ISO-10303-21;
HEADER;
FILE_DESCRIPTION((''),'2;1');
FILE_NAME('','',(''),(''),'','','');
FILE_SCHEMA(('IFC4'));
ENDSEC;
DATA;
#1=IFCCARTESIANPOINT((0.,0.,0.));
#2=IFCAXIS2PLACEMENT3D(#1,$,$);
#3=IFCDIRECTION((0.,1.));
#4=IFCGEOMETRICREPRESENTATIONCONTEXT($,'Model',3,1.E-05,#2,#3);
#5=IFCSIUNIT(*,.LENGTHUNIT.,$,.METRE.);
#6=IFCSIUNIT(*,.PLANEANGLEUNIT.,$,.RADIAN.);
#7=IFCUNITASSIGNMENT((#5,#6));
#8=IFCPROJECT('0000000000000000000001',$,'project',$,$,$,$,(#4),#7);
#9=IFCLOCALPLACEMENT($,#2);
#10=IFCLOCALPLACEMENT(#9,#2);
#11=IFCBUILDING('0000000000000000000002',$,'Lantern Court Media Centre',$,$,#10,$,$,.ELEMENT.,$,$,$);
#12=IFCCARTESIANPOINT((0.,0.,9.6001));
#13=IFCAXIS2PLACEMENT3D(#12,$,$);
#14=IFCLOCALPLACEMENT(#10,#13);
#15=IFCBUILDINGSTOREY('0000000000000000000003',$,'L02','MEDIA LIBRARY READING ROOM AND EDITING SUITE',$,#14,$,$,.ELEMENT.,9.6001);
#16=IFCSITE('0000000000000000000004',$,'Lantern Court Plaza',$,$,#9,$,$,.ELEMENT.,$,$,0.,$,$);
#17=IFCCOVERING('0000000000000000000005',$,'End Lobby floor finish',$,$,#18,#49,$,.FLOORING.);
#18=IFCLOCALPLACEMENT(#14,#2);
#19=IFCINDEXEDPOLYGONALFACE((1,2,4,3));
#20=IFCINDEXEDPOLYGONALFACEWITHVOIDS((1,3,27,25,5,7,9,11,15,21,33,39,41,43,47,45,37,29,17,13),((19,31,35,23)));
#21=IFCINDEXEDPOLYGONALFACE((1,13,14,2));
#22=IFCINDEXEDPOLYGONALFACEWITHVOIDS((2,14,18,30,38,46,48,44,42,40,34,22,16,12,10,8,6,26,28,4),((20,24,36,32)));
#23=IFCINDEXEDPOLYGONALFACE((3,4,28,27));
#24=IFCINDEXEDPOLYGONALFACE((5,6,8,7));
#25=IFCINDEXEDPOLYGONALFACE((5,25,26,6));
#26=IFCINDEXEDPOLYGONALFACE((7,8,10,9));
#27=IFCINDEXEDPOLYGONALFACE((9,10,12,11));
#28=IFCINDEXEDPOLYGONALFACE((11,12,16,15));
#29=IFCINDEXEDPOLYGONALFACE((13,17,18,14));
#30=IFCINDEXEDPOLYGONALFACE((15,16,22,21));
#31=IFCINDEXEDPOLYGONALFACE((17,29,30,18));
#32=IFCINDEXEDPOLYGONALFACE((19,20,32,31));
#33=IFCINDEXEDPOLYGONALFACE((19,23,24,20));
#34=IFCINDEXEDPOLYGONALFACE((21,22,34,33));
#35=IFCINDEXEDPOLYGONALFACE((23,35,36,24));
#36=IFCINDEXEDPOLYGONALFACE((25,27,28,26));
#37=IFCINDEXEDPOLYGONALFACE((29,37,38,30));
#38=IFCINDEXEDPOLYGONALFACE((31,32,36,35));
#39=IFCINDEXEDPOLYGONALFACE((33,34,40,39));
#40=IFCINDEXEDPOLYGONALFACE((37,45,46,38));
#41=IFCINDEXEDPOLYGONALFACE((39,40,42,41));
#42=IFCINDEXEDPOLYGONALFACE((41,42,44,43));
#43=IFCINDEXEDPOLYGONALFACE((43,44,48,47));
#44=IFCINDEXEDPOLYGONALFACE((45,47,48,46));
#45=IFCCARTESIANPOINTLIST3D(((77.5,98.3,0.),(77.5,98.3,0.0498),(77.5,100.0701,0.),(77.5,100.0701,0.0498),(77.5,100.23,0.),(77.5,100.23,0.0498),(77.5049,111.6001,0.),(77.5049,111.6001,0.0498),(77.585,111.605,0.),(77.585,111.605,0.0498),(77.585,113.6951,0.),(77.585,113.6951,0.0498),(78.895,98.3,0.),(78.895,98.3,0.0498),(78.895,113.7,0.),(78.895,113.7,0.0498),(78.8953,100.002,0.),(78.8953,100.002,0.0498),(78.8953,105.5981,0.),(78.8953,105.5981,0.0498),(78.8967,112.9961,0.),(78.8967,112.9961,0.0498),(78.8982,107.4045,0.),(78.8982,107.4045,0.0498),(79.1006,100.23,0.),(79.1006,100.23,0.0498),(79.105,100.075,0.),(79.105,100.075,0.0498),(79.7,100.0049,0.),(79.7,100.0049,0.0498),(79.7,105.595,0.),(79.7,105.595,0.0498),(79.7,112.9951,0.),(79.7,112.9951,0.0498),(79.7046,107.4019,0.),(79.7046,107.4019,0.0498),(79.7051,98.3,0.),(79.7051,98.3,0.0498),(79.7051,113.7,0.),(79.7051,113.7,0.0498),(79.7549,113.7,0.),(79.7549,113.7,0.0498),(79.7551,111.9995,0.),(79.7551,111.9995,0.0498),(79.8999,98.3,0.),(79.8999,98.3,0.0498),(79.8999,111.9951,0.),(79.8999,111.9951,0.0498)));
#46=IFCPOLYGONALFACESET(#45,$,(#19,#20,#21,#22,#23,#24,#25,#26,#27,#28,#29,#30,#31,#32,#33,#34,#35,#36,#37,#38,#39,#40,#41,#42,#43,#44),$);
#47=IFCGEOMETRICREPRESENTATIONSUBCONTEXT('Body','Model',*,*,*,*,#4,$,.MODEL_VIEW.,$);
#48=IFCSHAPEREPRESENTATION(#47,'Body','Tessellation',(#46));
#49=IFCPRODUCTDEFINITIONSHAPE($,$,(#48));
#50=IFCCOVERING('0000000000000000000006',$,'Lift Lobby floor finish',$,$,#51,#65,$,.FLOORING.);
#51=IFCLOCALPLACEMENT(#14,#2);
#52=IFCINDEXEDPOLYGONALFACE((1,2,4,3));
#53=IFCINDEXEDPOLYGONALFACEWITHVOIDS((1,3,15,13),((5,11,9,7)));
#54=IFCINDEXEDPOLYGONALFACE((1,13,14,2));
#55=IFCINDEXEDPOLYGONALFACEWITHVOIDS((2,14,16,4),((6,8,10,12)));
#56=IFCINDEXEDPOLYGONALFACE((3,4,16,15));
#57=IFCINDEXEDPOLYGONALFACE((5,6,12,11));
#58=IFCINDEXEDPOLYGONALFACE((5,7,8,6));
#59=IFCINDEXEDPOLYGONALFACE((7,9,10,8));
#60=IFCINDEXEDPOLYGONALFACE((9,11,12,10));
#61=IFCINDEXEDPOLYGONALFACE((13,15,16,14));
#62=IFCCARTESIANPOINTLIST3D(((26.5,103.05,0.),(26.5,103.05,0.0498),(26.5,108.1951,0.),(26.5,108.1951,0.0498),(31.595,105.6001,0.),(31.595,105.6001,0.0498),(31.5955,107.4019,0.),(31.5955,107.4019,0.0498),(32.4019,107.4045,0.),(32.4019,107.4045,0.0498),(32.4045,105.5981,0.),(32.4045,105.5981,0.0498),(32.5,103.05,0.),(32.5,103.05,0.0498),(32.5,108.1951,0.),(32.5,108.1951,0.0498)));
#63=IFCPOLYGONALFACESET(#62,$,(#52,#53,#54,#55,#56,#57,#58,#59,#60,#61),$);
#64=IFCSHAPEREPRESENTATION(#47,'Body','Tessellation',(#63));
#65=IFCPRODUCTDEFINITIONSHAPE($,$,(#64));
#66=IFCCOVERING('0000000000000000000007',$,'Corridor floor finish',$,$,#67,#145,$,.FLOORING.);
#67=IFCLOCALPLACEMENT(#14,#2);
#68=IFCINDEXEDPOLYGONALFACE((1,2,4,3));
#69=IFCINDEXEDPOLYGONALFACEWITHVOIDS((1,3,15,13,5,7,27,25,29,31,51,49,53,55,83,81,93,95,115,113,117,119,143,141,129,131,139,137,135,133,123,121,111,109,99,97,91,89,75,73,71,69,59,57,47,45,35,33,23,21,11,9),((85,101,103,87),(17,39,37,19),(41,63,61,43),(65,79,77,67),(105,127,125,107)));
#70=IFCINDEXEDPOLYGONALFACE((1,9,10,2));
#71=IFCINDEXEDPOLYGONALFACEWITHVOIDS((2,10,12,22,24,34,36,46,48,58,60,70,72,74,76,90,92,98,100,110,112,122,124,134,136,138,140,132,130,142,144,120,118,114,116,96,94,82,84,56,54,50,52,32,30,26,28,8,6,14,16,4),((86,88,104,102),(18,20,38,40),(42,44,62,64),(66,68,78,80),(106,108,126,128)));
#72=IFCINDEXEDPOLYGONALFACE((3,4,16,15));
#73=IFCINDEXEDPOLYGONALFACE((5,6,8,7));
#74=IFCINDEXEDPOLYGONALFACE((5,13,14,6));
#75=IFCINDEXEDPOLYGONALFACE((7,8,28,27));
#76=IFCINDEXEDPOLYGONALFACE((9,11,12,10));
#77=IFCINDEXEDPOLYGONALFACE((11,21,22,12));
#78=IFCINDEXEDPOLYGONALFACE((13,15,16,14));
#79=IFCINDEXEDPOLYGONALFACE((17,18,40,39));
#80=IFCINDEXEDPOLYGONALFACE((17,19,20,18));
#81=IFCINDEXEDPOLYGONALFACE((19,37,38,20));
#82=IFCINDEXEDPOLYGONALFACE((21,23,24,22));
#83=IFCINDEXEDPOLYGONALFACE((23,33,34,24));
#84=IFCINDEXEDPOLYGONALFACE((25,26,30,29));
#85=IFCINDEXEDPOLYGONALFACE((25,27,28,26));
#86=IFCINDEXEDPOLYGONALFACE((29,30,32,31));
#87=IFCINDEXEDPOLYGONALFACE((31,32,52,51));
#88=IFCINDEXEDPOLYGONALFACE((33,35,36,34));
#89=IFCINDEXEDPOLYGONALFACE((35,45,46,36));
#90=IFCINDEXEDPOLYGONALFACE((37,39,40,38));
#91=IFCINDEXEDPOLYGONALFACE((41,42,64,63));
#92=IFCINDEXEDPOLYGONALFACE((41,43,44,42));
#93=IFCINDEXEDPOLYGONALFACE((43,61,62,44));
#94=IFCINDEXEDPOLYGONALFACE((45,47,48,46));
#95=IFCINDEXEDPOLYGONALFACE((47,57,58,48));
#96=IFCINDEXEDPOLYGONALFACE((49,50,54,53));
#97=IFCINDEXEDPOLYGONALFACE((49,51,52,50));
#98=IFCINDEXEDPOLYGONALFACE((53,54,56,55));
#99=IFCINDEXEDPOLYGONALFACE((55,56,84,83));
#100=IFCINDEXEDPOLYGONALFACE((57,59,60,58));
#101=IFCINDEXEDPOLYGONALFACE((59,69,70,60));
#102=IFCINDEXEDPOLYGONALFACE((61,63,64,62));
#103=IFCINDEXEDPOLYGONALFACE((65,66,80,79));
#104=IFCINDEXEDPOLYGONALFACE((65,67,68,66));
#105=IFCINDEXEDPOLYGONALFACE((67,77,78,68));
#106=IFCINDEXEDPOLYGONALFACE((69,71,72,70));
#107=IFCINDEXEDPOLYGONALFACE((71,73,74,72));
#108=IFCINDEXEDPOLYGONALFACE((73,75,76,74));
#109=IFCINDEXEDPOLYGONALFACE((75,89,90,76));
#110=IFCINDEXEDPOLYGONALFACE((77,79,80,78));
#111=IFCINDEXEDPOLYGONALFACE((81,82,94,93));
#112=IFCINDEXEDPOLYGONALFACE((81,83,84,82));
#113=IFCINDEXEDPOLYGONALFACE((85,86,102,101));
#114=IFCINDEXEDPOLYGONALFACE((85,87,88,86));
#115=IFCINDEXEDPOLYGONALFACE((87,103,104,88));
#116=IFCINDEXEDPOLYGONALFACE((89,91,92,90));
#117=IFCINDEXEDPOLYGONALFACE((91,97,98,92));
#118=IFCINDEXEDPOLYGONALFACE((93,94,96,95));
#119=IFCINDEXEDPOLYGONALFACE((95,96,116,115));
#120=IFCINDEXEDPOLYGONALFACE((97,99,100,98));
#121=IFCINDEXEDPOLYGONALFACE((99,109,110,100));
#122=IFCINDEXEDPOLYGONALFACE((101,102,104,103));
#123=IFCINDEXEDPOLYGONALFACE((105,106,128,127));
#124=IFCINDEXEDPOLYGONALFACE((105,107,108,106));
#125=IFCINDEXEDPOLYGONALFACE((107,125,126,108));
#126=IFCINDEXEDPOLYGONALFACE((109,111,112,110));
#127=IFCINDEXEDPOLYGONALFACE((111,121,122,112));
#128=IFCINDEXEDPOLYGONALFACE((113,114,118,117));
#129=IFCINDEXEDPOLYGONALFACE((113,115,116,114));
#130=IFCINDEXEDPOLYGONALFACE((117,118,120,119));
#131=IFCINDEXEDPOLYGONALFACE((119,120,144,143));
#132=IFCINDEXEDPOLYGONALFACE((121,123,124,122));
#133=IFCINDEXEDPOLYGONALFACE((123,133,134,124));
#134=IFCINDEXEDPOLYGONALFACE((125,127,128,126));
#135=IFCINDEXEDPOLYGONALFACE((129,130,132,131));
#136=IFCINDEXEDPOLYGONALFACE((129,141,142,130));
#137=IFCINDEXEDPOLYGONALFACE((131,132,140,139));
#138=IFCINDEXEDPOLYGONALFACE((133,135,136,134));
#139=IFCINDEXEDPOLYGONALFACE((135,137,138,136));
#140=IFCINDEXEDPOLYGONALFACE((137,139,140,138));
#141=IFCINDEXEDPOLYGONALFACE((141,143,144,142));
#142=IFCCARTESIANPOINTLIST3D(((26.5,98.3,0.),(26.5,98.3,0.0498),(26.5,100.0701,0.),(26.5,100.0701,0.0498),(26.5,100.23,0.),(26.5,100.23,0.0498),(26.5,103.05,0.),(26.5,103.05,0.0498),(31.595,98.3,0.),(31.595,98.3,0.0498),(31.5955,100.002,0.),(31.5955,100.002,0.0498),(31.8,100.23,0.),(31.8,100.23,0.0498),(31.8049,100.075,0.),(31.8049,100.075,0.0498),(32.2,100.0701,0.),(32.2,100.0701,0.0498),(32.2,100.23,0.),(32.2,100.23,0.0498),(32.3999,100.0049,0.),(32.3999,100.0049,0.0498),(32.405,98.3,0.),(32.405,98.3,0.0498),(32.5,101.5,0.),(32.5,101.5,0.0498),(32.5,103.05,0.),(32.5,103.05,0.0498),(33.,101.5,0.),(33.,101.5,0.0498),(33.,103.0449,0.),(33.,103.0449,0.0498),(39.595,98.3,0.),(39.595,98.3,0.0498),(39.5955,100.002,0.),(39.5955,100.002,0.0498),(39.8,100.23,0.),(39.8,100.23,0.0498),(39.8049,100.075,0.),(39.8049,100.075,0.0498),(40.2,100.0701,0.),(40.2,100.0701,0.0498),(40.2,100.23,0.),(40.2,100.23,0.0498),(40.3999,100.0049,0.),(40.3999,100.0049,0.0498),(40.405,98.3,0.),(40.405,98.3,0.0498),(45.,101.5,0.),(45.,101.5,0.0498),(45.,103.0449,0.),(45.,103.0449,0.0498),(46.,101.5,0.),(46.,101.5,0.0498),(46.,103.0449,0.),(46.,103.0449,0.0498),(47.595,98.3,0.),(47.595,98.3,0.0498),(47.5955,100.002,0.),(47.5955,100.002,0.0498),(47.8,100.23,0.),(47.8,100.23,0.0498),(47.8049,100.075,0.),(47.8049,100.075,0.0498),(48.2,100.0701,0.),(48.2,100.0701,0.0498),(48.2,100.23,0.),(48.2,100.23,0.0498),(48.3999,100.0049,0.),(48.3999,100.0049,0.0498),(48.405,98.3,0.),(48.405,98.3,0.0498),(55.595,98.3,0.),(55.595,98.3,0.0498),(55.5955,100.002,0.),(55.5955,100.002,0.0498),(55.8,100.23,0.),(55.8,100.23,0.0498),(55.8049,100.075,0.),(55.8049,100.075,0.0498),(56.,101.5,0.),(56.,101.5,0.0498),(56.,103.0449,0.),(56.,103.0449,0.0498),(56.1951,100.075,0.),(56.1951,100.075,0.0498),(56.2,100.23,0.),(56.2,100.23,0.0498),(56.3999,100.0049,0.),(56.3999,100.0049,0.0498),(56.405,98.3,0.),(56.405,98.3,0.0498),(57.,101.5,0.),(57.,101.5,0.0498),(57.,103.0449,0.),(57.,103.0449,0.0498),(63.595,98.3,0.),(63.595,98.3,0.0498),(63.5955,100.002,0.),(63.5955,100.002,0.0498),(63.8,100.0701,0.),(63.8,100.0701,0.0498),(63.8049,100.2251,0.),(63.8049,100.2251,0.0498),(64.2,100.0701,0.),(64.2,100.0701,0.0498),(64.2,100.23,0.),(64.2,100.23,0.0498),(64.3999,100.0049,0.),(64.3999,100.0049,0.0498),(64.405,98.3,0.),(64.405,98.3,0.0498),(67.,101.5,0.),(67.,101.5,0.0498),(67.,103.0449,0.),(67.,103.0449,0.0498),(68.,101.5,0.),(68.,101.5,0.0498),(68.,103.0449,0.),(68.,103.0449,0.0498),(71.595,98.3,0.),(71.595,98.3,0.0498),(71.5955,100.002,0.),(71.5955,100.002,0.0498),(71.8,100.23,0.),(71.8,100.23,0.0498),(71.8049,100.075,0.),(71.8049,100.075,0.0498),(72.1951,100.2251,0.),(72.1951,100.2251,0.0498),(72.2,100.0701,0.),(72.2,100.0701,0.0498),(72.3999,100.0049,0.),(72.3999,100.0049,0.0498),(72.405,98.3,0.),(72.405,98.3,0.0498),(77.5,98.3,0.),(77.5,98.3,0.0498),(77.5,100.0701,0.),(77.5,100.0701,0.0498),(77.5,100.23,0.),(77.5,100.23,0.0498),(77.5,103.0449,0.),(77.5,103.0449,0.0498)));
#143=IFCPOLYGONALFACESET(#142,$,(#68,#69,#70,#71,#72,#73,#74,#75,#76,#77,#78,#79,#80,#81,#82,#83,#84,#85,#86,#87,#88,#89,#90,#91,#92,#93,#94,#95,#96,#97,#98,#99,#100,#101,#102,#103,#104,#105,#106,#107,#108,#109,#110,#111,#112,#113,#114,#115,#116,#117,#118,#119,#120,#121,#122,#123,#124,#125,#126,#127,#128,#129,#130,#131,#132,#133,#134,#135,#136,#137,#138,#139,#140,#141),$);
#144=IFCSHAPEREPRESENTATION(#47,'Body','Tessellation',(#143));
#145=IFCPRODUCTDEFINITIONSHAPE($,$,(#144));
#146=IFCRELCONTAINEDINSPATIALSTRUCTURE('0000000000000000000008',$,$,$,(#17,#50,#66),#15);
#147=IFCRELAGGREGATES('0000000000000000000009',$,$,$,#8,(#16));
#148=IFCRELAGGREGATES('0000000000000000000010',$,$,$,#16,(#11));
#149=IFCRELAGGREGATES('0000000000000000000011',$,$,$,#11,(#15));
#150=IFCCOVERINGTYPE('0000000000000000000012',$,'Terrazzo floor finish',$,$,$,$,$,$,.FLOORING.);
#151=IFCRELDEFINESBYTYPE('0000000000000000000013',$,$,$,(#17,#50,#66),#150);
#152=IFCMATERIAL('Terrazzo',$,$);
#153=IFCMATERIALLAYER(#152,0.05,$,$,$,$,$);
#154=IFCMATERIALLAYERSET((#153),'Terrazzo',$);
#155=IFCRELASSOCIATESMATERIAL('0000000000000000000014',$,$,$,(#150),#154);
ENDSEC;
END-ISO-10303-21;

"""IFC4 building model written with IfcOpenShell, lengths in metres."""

from ifc_helpers import new_model, si_unit, direction, frame, origin, place, context, subcontext, project, spatial, polyline, outline, extrude, material, layer, layer_set, type_object, element, save


model = new_model("IFC4")

# Units and contexts
model_context = context("Model", 3, precision=1e-05, world=origin(), true_north=direction((0.0, 1.0)))
body_context = subcontext(model_context, "Body", "Model", "MODEL_VIEW")
ifc_project = project(units=[si_unit("LENGTHUNIT", "METRE"), si_unit("PLANEANGLEUNIT", "RADIAN")], contexts=[model_context])

# Site, building, storey
site_placement = place(None, origin())
site = spatial("IfcSite", under=ifc_project, at=site_placement, Name="Lantern Court Plaza", CompositionType="ELEMENT", RefElevation=0.0)
building_placement = place(site_placement, origin())
building = spatial("IfcBuilding", under=site, at=building_placement, Name="Lantern Court Media Centre", CompositionType="ELEMENT")
storey_placement = place(building_placement, frame((0.0, 0.0, 9.6001)))
storey = spatial("IfcBuildingStorey", under=building, at=storey_placement, Name="L02", Description="MEDIA LIBRARY READING ROOM AND EDITING SUITE", CompositionType="ELEMENT", Elevation=9.6001)

# Coverings
ifc_material_1 = material(Name="Terrazzo")
ifc_layer_1 = layer(ifc_material_1, 0.05)
ifc_layer_set_1 = layer_set([ifc_layer_1], Name="Terrazzo")
covering_type_1 = type_object("IfcCoveringType", Name="Terrazzo floor finish", PredefinedType="FLOORING", material=ifc_layer_set_1)
covering_1_placement = place(storey_placement, origin())
element("IfcCovering", 1, at=covering_1_placement, inside=storey, type_object=covering_type_1, Name="End Lobby floor finish", PredefinedType="FLOORING", context=body_context, shape_type="SweptSolid", body=[
    extrude(outline(polyline([(79.8999, 98.3), (79.7051, 98.3), (79.7, 100.0049), (78.8953, 100.002), (78.895, 98.3), (77.5, 98.3), (77.5, 100.0701), (79.105, 100.075), (79.1006, 100.23), (77.5, 100.23), (77.5049, 111.6001), (77.585, 111.605), (77.585, 113.6951), (78.895, 113.7), (78.8967, 112.9961), (79.7, 112.9951), (79.7051, 113.7), (79.7549, 113.7), (79.7551, 111.9995), (79.8999, 111.9951), (79.8999, 98.3)]), holes=[polyline([(79.7, 105.595), (79.7046, 107.4019), (78.8982, 107.4045), (78.8953, 105.5981), (79.7, 105.595)])]), origin(), (0.0, 0.0, 1.0), 0.0498),
])
covering_2_placement = place(storey_placement, origin())
element("IfcCovering", 2, at=covering_2_placement, inside=storey, type_object=covering_type_1, Name="Lift Lobby floor finish", PredefinedType="FLOORING", context=body_context, shape_type="SweptSolid", body=[
    extrude(outline(polyline([(32.5, 103.05), (26.5, 103.05), (26.5, 108.1951), (32.5, 108.1951), (32.5, 103.05)]), holes=[polyline([(31.595, 105.6001), (32.4045, 105.5981), (32.4019, 107.4045), (31.5955, 107.4019), (31.595, 105.6001)])]), origin(), (0.0, 0.0, 1.0), 0.0498),
])
covering_3_placement = place(storey_placement, origin())
element("IfcCovering", 3, at=covering_3_placement, inside=storey, type_object=covering_type_1, Name="Corridor floor finish", PredefinedType="FLOORING", context=body_context, shape_type="SweptSolid", body=[
    extrude(outline(polyline([(67.0, 101.5), (68.0, 101.5), (68.0, 103.0449), (77.5, 103.0449), (77.5, 100.23), (72.1951, 100.2251), (72.2, 100.0701), (77.5, 100.0701), (77.5, 98.3), (72.405, 98.3), (72.3999, 100.0049), (71.5955, 100.002), (71.595, 98.3), (64.405, 98.3), (64.3999, 100.0049), (63.5955, 100.002), (63.595, 98.3), (56.405, 98.3), (56.3999, 100.0049), (55.5955, 100.002), (55.595, 98.3), (48.405, 98.3), (48.3999, 100.0049), (47.5955, 100.002), (47.595, 98.3), (40.405, 98.3), (40.3999, 100.0049), (39.5955, 100.002), (39.595, 98.3), (32.405, 98.3), (32.3999, 100.0049), (31.5955, 100.002), (31.595, 98.3), (26.5, 98.3), (26.5, 100.0701), (31.8049, 100.075), (31.8, 100.23), (26.5, 100.23), (26.5, 103.05), (32.5, 103.05), (32.5, 101.5), (33.0, 101.5), (33.0, 103.0449), (45.0, 103.0449), (45.0, 101.5), (46.0, 101.5), (46.0, 103.0449), (56.0, 103.0449), (56.0, 101.5), (57.0, 101.5), (57.0, 103.0449), (67.0, 103.0449), (67.0, 101.5)]), holes=[polyline([(64.2, 100.23), (64.2, 100.0701), (71.8049, 100.075), (71.8, 100.23), (64.2, 100.23)]), polyline([(56.1951, 100.075), (63.8, 100.0701), (63.8049, 100.2251), (56.2, 100.23), (56.1951, 100.075)]), polyline([(48.2, 100.23), (48.2, 100.0701), (55.8049, 100.075), (55.8, 100.23), (48.2, 100.23)]), polyline([(40.2, 100.23), (40.2, 100.0701), (47.8049, 100.075), (47.8, 100.23), (40.2, 100.23)]), polyline([(32.2, 100.23), (32.2, 100.0701), (39.8049, 100.075), (39.8, 100.23), (32.2, 100.23)])]), origin(), (0.0, 0.0, 1.0), 0.0498),
])

save(model, "model.ifc")
